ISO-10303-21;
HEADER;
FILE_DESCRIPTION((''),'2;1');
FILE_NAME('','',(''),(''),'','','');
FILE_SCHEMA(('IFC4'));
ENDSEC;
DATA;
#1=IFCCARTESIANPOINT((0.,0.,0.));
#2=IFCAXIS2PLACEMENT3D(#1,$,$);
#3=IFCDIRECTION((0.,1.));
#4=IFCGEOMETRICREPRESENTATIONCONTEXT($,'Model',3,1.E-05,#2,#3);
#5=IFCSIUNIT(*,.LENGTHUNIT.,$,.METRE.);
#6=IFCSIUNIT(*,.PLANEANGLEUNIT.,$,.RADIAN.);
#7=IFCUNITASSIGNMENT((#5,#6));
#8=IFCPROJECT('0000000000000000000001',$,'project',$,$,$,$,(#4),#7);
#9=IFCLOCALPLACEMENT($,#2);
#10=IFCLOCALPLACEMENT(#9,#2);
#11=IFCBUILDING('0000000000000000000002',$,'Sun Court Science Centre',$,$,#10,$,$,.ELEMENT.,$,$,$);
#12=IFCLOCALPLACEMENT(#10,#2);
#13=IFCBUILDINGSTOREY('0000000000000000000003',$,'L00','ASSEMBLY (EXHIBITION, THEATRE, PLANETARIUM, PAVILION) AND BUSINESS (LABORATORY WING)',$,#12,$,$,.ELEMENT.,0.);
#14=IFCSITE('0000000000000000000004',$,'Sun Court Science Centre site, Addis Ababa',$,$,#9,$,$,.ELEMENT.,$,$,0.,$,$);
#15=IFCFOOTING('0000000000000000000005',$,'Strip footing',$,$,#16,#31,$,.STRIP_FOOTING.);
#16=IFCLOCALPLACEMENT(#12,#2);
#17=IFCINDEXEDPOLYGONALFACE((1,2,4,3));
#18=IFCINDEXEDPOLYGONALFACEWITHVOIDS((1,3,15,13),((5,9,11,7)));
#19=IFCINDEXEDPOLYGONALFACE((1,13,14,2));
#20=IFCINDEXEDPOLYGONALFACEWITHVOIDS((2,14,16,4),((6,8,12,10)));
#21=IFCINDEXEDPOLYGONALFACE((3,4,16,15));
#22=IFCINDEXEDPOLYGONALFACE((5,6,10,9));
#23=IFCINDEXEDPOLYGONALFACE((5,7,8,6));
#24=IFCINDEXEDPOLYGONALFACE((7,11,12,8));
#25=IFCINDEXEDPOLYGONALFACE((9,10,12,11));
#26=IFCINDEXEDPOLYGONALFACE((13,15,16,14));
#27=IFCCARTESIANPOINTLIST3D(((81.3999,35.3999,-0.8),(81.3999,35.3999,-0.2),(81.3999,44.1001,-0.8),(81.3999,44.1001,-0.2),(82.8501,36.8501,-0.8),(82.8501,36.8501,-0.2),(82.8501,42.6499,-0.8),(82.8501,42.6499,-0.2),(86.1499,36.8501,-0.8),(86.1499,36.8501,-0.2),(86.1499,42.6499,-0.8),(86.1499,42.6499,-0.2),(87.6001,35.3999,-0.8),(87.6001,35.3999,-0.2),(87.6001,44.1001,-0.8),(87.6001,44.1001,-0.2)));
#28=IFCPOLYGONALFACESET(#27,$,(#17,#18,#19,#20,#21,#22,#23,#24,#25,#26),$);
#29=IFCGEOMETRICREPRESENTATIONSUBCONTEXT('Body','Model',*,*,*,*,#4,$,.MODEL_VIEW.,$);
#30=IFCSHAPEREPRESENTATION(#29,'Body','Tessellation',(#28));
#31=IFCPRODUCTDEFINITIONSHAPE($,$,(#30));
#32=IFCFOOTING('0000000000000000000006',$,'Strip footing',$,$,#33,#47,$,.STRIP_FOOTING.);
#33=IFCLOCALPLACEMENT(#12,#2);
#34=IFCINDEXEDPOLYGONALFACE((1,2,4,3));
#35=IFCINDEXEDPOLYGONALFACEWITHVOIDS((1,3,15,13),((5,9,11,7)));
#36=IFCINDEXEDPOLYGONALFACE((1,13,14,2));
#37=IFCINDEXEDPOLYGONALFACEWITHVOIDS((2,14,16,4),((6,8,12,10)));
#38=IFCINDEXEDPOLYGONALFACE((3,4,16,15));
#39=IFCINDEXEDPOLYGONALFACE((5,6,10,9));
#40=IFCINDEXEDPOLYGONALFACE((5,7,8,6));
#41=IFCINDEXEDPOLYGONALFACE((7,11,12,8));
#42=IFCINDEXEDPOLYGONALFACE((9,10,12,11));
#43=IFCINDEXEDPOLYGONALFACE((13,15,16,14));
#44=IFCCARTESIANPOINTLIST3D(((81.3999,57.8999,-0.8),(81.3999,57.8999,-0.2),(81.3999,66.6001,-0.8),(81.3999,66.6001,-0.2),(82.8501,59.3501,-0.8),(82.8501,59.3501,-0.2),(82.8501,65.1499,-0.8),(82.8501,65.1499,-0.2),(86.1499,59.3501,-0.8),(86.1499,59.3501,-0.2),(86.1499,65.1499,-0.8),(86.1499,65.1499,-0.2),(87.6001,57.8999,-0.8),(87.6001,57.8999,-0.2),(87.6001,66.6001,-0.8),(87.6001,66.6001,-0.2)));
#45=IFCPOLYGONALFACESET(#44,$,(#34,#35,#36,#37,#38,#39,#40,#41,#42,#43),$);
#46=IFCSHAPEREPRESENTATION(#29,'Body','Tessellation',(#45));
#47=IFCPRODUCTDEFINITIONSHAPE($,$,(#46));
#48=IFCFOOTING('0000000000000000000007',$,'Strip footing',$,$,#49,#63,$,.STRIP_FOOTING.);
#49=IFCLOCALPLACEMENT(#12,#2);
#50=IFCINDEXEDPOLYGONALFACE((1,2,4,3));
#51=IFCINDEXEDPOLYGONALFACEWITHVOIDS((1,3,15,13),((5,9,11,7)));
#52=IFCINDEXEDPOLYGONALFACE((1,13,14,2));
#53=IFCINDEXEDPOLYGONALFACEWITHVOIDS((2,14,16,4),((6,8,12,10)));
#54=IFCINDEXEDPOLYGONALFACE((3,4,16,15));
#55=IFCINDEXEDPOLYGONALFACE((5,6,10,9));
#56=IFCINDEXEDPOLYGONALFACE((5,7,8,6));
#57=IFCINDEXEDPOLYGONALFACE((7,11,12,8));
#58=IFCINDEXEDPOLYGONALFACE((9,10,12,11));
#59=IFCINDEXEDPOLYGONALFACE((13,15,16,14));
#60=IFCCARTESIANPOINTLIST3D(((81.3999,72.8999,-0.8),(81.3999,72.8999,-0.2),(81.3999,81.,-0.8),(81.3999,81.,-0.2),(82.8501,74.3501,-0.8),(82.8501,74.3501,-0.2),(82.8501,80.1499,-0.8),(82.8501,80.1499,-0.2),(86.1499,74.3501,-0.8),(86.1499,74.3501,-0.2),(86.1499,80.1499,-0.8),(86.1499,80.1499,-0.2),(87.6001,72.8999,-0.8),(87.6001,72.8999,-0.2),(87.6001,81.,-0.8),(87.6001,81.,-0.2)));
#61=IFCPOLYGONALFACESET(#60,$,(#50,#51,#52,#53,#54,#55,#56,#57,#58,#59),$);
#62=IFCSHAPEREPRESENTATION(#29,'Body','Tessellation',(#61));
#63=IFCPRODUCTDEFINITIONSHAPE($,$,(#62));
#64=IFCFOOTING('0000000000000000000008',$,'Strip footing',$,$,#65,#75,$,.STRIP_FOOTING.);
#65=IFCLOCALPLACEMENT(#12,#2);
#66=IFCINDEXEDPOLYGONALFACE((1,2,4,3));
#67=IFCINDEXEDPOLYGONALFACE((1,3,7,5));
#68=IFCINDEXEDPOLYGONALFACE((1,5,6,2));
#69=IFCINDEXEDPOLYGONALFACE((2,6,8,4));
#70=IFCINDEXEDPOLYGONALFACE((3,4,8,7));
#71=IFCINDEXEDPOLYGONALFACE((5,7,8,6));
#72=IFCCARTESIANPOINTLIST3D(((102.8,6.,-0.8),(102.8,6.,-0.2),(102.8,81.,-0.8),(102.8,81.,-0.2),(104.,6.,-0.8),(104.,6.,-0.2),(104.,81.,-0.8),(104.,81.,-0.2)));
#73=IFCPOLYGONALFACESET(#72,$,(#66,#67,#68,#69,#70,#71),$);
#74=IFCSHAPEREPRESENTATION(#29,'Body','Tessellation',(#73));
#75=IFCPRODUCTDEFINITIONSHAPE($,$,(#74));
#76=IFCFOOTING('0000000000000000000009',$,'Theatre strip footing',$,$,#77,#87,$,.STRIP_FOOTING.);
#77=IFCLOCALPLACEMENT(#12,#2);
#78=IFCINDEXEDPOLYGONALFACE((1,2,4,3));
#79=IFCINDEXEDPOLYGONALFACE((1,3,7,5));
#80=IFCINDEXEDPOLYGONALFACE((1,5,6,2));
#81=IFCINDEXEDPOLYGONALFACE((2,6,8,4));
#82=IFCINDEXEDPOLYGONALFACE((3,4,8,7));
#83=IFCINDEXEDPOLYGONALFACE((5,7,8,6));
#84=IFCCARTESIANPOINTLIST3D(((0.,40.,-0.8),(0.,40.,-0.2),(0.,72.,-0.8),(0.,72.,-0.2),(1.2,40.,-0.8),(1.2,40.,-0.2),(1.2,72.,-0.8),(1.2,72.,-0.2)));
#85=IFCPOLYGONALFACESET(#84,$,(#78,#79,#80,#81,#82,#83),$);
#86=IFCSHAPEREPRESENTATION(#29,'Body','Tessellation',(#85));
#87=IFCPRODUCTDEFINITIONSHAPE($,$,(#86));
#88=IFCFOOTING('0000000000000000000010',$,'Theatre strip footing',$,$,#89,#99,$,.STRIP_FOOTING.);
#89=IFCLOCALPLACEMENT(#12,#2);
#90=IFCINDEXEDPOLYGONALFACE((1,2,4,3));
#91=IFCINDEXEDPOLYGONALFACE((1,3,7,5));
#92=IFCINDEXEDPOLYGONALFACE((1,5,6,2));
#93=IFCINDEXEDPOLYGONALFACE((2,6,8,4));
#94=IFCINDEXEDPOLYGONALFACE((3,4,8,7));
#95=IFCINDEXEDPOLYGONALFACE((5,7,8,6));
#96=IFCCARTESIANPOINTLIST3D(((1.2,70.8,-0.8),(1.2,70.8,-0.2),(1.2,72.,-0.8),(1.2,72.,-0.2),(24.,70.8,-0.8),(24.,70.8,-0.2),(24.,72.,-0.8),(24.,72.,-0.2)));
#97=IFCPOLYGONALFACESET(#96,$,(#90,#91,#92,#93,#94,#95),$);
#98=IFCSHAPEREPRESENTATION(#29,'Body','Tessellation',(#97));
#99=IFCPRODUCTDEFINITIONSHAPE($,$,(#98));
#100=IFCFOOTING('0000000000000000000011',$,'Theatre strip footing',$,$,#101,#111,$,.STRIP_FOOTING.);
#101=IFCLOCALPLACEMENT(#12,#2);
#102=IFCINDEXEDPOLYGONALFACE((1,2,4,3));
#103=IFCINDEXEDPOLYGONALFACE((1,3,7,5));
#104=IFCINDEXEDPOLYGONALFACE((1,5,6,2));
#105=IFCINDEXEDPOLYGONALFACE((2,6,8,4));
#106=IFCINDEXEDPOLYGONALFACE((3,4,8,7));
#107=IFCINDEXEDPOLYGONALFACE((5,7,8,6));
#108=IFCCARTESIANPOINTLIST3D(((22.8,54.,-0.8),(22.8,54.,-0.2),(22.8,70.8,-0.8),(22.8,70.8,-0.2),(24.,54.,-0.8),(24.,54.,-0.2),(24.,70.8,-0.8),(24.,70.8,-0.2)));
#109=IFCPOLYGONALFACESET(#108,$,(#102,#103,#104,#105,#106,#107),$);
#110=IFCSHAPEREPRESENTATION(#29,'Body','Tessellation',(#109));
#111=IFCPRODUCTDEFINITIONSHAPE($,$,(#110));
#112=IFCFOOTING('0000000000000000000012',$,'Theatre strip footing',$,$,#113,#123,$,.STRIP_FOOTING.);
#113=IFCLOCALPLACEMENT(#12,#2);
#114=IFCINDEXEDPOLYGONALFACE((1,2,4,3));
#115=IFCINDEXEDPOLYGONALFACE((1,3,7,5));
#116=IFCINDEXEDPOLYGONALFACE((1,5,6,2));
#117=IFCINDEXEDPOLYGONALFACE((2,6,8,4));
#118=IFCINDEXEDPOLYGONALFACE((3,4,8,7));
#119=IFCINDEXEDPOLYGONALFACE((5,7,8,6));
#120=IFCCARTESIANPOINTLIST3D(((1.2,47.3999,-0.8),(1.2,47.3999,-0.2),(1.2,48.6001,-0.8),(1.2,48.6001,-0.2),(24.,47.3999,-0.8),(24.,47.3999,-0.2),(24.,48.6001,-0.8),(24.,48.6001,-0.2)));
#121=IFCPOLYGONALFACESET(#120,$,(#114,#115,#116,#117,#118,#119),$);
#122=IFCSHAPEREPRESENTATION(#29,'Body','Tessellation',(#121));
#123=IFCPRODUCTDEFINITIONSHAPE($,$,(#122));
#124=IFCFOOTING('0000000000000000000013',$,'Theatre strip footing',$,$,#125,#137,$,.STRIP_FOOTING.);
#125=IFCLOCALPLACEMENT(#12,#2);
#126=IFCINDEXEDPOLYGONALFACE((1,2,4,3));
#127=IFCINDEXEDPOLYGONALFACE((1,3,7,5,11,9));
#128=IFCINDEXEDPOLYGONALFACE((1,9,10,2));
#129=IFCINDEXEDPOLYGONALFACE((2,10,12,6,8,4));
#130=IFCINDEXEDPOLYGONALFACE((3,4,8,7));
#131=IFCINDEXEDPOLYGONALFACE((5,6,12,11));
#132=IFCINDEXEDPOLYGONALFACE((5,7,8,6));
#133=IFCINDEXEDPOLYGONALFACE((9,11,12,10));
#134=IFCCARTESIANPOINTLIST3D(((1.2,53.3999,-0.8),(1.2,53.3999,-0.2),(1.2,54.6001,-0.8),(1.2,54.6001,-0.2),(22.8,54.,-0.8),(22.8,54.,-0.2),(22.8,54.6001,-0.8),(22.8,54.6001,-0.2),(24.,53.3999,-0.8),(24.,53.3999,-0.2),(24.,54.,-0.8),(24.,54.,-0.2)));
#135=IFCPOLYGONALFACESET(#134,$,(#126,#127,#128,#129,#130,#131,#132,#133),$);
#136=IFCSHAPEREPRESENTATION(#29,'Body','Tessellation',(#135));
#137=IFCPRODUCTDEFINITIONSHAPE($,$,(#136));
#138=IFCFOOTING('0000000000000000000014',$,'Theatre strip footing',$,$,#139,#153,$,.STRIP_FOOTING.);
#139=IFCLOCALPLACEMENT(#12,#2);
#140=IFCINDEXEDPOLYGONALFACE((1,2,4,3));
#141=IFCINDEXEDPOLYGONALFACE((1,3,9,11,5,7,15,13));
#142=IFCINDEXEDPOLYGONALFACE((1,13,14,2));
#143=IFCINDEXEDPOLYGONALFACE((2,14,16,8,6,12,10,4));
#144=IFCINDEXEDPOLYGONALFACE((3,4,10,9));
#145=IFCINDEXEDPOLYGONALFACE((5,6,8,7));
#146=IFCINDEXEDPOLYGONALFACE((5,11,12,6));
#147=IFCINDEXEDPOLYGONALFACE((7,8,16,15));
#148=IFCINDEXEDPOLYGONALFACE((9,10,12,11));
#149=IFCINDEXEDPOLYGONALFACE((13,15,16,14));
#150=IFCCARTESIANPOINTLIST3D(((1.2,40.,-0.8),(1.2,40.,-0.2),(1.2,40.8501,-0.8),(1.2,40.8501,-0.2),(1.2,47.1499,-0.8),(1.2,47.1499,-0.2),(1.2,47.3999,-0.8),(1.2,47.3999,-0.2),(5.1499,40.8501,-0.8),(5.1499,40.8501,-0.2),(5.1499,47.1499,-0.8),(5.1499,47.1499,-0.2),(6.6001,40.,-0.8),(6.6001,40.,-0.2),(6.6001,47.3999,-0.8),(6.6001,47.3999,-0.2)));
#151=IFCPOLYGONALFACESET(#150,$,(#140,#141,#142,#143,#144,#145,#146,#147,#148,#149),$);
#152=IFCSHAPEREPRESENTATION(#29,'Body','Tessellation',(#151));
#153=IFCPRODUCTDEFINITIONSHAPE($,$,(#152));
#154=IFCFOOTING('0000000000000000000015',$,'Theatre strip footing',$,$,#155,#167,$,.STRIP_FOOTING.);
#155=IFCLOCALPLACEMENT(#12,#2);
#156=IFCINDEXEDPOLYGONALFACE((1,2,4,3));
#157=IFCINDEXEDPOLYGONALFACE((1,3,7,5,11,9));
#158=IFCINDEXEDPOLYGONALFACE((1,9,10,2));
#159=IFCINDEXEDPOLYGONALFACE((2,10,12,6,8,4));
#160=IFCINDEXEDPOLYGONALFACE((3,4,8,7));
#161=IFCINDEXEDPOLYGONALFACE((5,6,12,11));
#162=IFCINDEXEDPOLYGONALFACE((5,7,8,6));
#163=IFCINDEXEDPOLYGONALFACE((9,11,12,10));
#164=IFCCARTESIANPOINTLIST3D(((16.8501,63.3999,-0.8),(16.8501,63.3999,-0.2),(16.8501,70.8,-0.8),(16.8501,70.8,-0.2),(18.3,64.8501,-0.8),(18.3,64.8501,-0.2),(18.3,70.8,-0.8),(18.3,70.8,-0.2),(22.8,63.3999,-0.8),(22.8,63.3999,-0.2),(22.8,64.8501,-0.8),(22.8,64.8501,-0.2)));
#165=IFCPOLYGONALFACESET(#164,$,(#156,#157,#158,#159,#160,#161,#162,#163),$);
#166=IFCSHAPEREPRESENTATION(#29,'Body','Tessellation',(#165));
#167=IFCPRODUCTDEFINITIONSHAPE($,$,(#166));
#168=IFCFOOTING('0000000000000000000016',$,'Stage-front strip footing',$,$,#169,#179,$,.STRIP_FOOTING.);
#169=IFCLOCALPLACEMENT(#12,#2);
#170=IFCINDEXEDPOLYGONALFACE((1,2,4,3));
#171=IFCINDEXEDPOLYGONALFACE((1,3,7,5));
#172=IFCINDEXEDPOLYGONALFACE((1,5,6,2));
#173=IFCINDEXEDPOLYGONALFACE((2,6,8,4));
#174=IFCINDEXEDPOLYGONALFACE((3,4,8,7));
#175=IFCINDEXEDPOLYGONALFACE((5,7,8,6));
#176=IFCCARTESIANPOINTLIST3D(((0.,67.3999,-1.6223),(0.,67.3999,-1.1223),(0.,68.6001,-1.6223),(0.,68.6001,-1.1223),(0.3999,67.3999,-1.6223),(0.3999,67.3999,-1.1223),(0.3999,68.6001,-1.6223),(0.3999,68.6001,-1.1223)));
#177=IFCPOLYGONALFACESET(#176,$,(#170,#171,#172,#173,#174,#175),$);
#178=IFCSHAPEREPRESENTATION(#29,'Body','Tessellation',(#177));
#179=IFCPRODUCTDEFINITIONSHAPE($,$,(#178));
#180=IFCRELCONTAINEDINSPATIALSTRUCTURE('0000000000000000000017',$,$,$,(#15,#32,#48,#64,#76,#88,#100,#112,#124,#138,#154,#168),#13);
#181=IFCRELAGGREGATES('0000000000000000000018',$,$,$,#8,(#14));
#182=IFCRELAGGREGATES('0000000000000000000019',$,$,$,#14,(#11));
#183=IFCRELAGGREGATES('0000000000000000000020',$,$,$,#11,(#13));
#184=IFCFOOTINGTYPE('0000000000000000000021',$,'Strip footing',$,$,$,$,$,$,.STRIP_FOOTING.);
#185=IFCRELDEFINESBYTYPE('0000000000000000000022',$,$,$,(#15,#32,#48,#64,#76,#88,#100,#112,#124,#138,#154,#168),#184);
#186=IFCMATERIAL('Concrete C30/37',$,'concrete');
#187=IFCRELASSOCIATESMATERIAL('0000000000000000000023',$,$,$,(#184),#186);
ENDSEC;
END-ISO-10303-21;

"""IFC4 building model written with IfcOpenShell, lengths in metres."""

from ifc_helpers import new_model, si_unit, direction, frame, origin, place, context, subcontext, project, spatial, polyline, outline, extrude, material, type_object, element, save


model = new_model("IFC4")

# Units and contexts
model_context = context("Model", 3, precision=1e-05, world=origin(), true_north=direction((0.0, 1.0)))
body_context = subcontext(model_context, "Body", "Model", "MODEL_VIEW")
ifc_project = project(units=[si_unit("LENGTHUNIT", "METRE"), si_unit("PLANEANGLEUNIT", "RADIAN")], contexts=[model_context])

# Site, building, storey
site_placement = place(None, origin())
site = spatial("IfcSite", under=ifc_project, at=site_placement, Name="Sun Court Science Centre site, Addis Ababa", CompositionType="ELEMENT", RefElevation=0.0)
building_placement = place(site_placement, origin())
building = spatial("IfcBuilding", under=site, at=building_placement, Name="Sun Court Science Centre", CompositionType="ELEMENT")
storey_placement = place(building_placement, origin())
storey = spatial("IfcBuildingStorey", under=building, at=storey_placement, Name="L00", Description="ASSEMBLY (EXHIBITION, THEATRE, PLANETARIUM, PAVILION) AND BUSINESS (LABORATORY WING)", CompositionType="ELEMENT", Elevation=0.0)

# Footings
ifc_material_1 = material(Name="Concrete C30/37", Category="concrete")
footing_type_1 = type_object("IfcFootingType", Name="Strip footing", PredefinedType="STRIP_FOOTING", material=ifc_material_1)
footing_1_placement = place(storey_placement, frame((0.0, 0.0, -0.8)))
element("IfcFooting", 1, at=footing_1_placement, inside=storey, type_object=footing_type_1, Name="Strip footing", PredefinedType="STRIP_FOOTING", context=body_context, shape_type="SweptSolid", body=[
    extrude(outline(polyline([(81.3999, 44.1001), (81.3999, 35.3999), (87.6001, 35.3999), (87.6001, 44.1001), (81.3999, 44.1001)]), holes=[polyline([(86.1499, 36.8501), (82.8501, 36.8501), (82.8501, 42.6499), (86.1499, 42.6499), (86.1499, 36.8501)])]), origin(), (0.0, 0.0, 1.0), 0.6001),
])
footing_2_placement = place(storey_placement, frame((0.0, 0.0, -0.8)))
element("IfcFooting", 2, at=footing_2_placement, inside=storey, type_object=footing_type_1, Name="Strip footing", PredefinedType="STRIP_FOOTING", context=body_context, shape_type="SweptSolid", body=[
    extrude(outline(polyline([(87.6001, 66.6001), (81.3999, 66.6001), (81.3999, 57.8999), (87.6001, 57.8999), (87.6001, 66.6001)]), holes=[polyline([(86.1499, 65.1499), (86.1499, 59.3501), (82.8501, 59.3501), (82.8501, 65.1499), (86.1499, 65.1499)])]), origin(), (0.0, 0.0, 1.0), 0.6001),
])
footing_3_placement = place(storey_placement, frame((0.0, 0.0, -0.8)))
element("IfcFooting", 3, at=footing_3_placement, inside=storey, type_object=footing_type_1, Name="Strip footing", PredefinedType="STRIP_FOOTING", context=body_context, shape_type="SweptSolid", body=[
    extrude(outline(polyline([(87.6001, 72.8999), (87.6001, 81.0), (81.3999, 81.0), (81.3999, 72.8999), (87.6001, 72.8999)]), holes=[polyline([(86.1499, 80.1499), (86.1499, 74.3501), (82.8501, 74.3501), (82.8501, 80.1499), (86.1499, 80.1499)])]), origin(), (0.0, 0.0, 1.0), 0.6001),
])
footing_4_placement = place(storey_placement, frame((0.0, 0.0, -0.8)))
element("IfcFooting", 4, at=footing_4_placement, inside=storey, type_object=footing_type_1, Name="Strip footing", PredefinedType="STRIP_FOOTING", context=body_context, shape_type="SweptSolid", body=[
    extrude(outline(polyline([(104.0, 81.0), (102.8, 81.0), (102.8, 6.0), (104.0, 6.0), (104.0, 81.0)])), origin(), (0.0, 0.0, 1.0), 0.6001),
])
footing_5_placement = place(storey_placement, frame((0.0, 0.0, -0.8)))
element("IfcFooting", 5, at=footing_5_placement, inside=storey, type_object=footing_type_1, Name="Theatre strip footing", PredefinedType="STRIP_FOOTING", context=body_context, shape_type="SweptSolid", body=[
    extrude(outline(polyline([(0.0, 40.0), (1.2, 40.0), (1.2, 72.0), (0.0, 72.0), (0.0, 40.0)])), origin(), (0.0, 0.0, 1.0), 0.6001),
])
footing_6_placement = place(storey_placement, frame((0.0, 0.0, -0.8)))
element("IfcFooting", 6, at=footing_6_placement, inside=storey, type_object=footing_type_1, Name="Theatre strip footing", PredefinedType="STRIP_FOOTING", context=body_context, shape_type="SweptSolid", body=[
    extrude(outline(polyline([(24.0, 72.0), (1.2, 72.0), (1.2, 70.8), (24.0, 70.8), (24.0, 72.0)])), origin(), (0.0, 0.0, 1.0), 0.6001),
])
footing_7_placement = place(storey_placement, frame((0.0, 0.0, -0.8)))
element("IfcFooting", 7, at=footing_7_placement, inside=storey, type_object=footing_type_1, Name="Theatre strip footing", PredefinedType="STRIP_FOOTING", context=body_context, shape_type="SweptSolid", body=[
    extrude(outline(polyline([(24.0, 54.0), (24.0, 70.8), (22.8, 70.8), (22.8, 54.0), (24.0, 54.0)])), origin(), (0.0, 0.0, 1.0), 0.6001),
])
footing_8_placement = place(storey_placement, frame((0.0, 0.0, -0.8)))
element("IfcFooting", 8, at=footing_8_placement, inside=storey, type_object=footing_type_1, Name="Theatre strip footing", PredefinedType="STRIP_FOOTING", context=body_context, shape_type="SweptSolid", body=[
    extrude(outline(polyline([(24.0, 48.6001), (1.2, 48.6001), (1.2, 47.3999), (24.0, 47.3999), (24.0, 48.6001)])), origin(), (0.0, 0.0, 1.0), 0.6001),
])
footing_9_placement = place(storey_placement, frame((0.0, 0.0, -0.8)))
element("IfcFooting", 9, at=footing_9_placement, inside=storey, type_object=footing_type_1, Name="Theatre strip footing", PredefinedType="STRIP_FOOTING", context=body_context, shape_type="SweptSolid", body=[
    extrude(outline(polyline([(24.0, 53.3999), (24.0, 54.0), (22.8, 54.0), (22.8, 54.6001), (1.2, 54.6001), (1.2, 53.3999), (24.0, 53.3999)])), origin(), (0.0, 0.0, 1.0), 0.6001),
])
footing_10_placement = place(storey_placement, frame((0.0, 0.0, -0.8)))
element("IfcFooting", 10, at=footing_10_placement, inside=storey, type_object=footing_type_1, Name="Theatre strip footing", PredefinedType="STRIP_FOOTING", context=body_context, shape_type="SweptSolid", body=[
    extrude(outline(polyline([(6.6001, 40.0), (6.6001, 47.3999), (1.2, 47.3999), (1.2, 47.1499), (5.1499, 47.1499), (5.1499, 40.8501), (1.2, 40.8501), (1.2, 40.0), (6.6001, 40.0)])), origin(), (0.0, 0.0, 1.0), 0.6001),
])
footing_11_placement = place(storey_placement, frame((0.0, 0.0, -0.8)))
element("IfcFooting", 11, at=footing_11_placement, inside=storey, type_object=footing_type_1, Name="Theatre strip footing", PredefinedType="STRIP_FOOTING", context=body_context, shape_type="SweptSolid", body=[
    extrude(outline(polyline([(16.8501, 70.8), (16.8501, 63.3999), (22.8, 63.3999), (22.8, 64.8501), (18.3, 64.8501), (18.3, 70.8), (16.8501, 70.8)])), origin(), (0.0, 0.0, 1.0), 0.6001),
])
footing_12_placement = place(storey_placement, frame((0.0, 0.0, -1.6223)))
element("IfcFooting", 12, at=footing_12_placement, inside=storey, type_object=footing_type_1, Name="Stage-front strip footing", PredefinedType="STRIP_FOOTING", context=body_context, shape_type="SweptSolid", body=[
    extrude(outline(polyline([(0.0, 67.3999), (0.3999, 67.3999), (0.3999, 68.6001), (0.0, 68.6001), (0.0, 67.3999)])), origin(), (0.0, 0.0, 1.0), 0.5),
])

save(model, "model.ifc")
